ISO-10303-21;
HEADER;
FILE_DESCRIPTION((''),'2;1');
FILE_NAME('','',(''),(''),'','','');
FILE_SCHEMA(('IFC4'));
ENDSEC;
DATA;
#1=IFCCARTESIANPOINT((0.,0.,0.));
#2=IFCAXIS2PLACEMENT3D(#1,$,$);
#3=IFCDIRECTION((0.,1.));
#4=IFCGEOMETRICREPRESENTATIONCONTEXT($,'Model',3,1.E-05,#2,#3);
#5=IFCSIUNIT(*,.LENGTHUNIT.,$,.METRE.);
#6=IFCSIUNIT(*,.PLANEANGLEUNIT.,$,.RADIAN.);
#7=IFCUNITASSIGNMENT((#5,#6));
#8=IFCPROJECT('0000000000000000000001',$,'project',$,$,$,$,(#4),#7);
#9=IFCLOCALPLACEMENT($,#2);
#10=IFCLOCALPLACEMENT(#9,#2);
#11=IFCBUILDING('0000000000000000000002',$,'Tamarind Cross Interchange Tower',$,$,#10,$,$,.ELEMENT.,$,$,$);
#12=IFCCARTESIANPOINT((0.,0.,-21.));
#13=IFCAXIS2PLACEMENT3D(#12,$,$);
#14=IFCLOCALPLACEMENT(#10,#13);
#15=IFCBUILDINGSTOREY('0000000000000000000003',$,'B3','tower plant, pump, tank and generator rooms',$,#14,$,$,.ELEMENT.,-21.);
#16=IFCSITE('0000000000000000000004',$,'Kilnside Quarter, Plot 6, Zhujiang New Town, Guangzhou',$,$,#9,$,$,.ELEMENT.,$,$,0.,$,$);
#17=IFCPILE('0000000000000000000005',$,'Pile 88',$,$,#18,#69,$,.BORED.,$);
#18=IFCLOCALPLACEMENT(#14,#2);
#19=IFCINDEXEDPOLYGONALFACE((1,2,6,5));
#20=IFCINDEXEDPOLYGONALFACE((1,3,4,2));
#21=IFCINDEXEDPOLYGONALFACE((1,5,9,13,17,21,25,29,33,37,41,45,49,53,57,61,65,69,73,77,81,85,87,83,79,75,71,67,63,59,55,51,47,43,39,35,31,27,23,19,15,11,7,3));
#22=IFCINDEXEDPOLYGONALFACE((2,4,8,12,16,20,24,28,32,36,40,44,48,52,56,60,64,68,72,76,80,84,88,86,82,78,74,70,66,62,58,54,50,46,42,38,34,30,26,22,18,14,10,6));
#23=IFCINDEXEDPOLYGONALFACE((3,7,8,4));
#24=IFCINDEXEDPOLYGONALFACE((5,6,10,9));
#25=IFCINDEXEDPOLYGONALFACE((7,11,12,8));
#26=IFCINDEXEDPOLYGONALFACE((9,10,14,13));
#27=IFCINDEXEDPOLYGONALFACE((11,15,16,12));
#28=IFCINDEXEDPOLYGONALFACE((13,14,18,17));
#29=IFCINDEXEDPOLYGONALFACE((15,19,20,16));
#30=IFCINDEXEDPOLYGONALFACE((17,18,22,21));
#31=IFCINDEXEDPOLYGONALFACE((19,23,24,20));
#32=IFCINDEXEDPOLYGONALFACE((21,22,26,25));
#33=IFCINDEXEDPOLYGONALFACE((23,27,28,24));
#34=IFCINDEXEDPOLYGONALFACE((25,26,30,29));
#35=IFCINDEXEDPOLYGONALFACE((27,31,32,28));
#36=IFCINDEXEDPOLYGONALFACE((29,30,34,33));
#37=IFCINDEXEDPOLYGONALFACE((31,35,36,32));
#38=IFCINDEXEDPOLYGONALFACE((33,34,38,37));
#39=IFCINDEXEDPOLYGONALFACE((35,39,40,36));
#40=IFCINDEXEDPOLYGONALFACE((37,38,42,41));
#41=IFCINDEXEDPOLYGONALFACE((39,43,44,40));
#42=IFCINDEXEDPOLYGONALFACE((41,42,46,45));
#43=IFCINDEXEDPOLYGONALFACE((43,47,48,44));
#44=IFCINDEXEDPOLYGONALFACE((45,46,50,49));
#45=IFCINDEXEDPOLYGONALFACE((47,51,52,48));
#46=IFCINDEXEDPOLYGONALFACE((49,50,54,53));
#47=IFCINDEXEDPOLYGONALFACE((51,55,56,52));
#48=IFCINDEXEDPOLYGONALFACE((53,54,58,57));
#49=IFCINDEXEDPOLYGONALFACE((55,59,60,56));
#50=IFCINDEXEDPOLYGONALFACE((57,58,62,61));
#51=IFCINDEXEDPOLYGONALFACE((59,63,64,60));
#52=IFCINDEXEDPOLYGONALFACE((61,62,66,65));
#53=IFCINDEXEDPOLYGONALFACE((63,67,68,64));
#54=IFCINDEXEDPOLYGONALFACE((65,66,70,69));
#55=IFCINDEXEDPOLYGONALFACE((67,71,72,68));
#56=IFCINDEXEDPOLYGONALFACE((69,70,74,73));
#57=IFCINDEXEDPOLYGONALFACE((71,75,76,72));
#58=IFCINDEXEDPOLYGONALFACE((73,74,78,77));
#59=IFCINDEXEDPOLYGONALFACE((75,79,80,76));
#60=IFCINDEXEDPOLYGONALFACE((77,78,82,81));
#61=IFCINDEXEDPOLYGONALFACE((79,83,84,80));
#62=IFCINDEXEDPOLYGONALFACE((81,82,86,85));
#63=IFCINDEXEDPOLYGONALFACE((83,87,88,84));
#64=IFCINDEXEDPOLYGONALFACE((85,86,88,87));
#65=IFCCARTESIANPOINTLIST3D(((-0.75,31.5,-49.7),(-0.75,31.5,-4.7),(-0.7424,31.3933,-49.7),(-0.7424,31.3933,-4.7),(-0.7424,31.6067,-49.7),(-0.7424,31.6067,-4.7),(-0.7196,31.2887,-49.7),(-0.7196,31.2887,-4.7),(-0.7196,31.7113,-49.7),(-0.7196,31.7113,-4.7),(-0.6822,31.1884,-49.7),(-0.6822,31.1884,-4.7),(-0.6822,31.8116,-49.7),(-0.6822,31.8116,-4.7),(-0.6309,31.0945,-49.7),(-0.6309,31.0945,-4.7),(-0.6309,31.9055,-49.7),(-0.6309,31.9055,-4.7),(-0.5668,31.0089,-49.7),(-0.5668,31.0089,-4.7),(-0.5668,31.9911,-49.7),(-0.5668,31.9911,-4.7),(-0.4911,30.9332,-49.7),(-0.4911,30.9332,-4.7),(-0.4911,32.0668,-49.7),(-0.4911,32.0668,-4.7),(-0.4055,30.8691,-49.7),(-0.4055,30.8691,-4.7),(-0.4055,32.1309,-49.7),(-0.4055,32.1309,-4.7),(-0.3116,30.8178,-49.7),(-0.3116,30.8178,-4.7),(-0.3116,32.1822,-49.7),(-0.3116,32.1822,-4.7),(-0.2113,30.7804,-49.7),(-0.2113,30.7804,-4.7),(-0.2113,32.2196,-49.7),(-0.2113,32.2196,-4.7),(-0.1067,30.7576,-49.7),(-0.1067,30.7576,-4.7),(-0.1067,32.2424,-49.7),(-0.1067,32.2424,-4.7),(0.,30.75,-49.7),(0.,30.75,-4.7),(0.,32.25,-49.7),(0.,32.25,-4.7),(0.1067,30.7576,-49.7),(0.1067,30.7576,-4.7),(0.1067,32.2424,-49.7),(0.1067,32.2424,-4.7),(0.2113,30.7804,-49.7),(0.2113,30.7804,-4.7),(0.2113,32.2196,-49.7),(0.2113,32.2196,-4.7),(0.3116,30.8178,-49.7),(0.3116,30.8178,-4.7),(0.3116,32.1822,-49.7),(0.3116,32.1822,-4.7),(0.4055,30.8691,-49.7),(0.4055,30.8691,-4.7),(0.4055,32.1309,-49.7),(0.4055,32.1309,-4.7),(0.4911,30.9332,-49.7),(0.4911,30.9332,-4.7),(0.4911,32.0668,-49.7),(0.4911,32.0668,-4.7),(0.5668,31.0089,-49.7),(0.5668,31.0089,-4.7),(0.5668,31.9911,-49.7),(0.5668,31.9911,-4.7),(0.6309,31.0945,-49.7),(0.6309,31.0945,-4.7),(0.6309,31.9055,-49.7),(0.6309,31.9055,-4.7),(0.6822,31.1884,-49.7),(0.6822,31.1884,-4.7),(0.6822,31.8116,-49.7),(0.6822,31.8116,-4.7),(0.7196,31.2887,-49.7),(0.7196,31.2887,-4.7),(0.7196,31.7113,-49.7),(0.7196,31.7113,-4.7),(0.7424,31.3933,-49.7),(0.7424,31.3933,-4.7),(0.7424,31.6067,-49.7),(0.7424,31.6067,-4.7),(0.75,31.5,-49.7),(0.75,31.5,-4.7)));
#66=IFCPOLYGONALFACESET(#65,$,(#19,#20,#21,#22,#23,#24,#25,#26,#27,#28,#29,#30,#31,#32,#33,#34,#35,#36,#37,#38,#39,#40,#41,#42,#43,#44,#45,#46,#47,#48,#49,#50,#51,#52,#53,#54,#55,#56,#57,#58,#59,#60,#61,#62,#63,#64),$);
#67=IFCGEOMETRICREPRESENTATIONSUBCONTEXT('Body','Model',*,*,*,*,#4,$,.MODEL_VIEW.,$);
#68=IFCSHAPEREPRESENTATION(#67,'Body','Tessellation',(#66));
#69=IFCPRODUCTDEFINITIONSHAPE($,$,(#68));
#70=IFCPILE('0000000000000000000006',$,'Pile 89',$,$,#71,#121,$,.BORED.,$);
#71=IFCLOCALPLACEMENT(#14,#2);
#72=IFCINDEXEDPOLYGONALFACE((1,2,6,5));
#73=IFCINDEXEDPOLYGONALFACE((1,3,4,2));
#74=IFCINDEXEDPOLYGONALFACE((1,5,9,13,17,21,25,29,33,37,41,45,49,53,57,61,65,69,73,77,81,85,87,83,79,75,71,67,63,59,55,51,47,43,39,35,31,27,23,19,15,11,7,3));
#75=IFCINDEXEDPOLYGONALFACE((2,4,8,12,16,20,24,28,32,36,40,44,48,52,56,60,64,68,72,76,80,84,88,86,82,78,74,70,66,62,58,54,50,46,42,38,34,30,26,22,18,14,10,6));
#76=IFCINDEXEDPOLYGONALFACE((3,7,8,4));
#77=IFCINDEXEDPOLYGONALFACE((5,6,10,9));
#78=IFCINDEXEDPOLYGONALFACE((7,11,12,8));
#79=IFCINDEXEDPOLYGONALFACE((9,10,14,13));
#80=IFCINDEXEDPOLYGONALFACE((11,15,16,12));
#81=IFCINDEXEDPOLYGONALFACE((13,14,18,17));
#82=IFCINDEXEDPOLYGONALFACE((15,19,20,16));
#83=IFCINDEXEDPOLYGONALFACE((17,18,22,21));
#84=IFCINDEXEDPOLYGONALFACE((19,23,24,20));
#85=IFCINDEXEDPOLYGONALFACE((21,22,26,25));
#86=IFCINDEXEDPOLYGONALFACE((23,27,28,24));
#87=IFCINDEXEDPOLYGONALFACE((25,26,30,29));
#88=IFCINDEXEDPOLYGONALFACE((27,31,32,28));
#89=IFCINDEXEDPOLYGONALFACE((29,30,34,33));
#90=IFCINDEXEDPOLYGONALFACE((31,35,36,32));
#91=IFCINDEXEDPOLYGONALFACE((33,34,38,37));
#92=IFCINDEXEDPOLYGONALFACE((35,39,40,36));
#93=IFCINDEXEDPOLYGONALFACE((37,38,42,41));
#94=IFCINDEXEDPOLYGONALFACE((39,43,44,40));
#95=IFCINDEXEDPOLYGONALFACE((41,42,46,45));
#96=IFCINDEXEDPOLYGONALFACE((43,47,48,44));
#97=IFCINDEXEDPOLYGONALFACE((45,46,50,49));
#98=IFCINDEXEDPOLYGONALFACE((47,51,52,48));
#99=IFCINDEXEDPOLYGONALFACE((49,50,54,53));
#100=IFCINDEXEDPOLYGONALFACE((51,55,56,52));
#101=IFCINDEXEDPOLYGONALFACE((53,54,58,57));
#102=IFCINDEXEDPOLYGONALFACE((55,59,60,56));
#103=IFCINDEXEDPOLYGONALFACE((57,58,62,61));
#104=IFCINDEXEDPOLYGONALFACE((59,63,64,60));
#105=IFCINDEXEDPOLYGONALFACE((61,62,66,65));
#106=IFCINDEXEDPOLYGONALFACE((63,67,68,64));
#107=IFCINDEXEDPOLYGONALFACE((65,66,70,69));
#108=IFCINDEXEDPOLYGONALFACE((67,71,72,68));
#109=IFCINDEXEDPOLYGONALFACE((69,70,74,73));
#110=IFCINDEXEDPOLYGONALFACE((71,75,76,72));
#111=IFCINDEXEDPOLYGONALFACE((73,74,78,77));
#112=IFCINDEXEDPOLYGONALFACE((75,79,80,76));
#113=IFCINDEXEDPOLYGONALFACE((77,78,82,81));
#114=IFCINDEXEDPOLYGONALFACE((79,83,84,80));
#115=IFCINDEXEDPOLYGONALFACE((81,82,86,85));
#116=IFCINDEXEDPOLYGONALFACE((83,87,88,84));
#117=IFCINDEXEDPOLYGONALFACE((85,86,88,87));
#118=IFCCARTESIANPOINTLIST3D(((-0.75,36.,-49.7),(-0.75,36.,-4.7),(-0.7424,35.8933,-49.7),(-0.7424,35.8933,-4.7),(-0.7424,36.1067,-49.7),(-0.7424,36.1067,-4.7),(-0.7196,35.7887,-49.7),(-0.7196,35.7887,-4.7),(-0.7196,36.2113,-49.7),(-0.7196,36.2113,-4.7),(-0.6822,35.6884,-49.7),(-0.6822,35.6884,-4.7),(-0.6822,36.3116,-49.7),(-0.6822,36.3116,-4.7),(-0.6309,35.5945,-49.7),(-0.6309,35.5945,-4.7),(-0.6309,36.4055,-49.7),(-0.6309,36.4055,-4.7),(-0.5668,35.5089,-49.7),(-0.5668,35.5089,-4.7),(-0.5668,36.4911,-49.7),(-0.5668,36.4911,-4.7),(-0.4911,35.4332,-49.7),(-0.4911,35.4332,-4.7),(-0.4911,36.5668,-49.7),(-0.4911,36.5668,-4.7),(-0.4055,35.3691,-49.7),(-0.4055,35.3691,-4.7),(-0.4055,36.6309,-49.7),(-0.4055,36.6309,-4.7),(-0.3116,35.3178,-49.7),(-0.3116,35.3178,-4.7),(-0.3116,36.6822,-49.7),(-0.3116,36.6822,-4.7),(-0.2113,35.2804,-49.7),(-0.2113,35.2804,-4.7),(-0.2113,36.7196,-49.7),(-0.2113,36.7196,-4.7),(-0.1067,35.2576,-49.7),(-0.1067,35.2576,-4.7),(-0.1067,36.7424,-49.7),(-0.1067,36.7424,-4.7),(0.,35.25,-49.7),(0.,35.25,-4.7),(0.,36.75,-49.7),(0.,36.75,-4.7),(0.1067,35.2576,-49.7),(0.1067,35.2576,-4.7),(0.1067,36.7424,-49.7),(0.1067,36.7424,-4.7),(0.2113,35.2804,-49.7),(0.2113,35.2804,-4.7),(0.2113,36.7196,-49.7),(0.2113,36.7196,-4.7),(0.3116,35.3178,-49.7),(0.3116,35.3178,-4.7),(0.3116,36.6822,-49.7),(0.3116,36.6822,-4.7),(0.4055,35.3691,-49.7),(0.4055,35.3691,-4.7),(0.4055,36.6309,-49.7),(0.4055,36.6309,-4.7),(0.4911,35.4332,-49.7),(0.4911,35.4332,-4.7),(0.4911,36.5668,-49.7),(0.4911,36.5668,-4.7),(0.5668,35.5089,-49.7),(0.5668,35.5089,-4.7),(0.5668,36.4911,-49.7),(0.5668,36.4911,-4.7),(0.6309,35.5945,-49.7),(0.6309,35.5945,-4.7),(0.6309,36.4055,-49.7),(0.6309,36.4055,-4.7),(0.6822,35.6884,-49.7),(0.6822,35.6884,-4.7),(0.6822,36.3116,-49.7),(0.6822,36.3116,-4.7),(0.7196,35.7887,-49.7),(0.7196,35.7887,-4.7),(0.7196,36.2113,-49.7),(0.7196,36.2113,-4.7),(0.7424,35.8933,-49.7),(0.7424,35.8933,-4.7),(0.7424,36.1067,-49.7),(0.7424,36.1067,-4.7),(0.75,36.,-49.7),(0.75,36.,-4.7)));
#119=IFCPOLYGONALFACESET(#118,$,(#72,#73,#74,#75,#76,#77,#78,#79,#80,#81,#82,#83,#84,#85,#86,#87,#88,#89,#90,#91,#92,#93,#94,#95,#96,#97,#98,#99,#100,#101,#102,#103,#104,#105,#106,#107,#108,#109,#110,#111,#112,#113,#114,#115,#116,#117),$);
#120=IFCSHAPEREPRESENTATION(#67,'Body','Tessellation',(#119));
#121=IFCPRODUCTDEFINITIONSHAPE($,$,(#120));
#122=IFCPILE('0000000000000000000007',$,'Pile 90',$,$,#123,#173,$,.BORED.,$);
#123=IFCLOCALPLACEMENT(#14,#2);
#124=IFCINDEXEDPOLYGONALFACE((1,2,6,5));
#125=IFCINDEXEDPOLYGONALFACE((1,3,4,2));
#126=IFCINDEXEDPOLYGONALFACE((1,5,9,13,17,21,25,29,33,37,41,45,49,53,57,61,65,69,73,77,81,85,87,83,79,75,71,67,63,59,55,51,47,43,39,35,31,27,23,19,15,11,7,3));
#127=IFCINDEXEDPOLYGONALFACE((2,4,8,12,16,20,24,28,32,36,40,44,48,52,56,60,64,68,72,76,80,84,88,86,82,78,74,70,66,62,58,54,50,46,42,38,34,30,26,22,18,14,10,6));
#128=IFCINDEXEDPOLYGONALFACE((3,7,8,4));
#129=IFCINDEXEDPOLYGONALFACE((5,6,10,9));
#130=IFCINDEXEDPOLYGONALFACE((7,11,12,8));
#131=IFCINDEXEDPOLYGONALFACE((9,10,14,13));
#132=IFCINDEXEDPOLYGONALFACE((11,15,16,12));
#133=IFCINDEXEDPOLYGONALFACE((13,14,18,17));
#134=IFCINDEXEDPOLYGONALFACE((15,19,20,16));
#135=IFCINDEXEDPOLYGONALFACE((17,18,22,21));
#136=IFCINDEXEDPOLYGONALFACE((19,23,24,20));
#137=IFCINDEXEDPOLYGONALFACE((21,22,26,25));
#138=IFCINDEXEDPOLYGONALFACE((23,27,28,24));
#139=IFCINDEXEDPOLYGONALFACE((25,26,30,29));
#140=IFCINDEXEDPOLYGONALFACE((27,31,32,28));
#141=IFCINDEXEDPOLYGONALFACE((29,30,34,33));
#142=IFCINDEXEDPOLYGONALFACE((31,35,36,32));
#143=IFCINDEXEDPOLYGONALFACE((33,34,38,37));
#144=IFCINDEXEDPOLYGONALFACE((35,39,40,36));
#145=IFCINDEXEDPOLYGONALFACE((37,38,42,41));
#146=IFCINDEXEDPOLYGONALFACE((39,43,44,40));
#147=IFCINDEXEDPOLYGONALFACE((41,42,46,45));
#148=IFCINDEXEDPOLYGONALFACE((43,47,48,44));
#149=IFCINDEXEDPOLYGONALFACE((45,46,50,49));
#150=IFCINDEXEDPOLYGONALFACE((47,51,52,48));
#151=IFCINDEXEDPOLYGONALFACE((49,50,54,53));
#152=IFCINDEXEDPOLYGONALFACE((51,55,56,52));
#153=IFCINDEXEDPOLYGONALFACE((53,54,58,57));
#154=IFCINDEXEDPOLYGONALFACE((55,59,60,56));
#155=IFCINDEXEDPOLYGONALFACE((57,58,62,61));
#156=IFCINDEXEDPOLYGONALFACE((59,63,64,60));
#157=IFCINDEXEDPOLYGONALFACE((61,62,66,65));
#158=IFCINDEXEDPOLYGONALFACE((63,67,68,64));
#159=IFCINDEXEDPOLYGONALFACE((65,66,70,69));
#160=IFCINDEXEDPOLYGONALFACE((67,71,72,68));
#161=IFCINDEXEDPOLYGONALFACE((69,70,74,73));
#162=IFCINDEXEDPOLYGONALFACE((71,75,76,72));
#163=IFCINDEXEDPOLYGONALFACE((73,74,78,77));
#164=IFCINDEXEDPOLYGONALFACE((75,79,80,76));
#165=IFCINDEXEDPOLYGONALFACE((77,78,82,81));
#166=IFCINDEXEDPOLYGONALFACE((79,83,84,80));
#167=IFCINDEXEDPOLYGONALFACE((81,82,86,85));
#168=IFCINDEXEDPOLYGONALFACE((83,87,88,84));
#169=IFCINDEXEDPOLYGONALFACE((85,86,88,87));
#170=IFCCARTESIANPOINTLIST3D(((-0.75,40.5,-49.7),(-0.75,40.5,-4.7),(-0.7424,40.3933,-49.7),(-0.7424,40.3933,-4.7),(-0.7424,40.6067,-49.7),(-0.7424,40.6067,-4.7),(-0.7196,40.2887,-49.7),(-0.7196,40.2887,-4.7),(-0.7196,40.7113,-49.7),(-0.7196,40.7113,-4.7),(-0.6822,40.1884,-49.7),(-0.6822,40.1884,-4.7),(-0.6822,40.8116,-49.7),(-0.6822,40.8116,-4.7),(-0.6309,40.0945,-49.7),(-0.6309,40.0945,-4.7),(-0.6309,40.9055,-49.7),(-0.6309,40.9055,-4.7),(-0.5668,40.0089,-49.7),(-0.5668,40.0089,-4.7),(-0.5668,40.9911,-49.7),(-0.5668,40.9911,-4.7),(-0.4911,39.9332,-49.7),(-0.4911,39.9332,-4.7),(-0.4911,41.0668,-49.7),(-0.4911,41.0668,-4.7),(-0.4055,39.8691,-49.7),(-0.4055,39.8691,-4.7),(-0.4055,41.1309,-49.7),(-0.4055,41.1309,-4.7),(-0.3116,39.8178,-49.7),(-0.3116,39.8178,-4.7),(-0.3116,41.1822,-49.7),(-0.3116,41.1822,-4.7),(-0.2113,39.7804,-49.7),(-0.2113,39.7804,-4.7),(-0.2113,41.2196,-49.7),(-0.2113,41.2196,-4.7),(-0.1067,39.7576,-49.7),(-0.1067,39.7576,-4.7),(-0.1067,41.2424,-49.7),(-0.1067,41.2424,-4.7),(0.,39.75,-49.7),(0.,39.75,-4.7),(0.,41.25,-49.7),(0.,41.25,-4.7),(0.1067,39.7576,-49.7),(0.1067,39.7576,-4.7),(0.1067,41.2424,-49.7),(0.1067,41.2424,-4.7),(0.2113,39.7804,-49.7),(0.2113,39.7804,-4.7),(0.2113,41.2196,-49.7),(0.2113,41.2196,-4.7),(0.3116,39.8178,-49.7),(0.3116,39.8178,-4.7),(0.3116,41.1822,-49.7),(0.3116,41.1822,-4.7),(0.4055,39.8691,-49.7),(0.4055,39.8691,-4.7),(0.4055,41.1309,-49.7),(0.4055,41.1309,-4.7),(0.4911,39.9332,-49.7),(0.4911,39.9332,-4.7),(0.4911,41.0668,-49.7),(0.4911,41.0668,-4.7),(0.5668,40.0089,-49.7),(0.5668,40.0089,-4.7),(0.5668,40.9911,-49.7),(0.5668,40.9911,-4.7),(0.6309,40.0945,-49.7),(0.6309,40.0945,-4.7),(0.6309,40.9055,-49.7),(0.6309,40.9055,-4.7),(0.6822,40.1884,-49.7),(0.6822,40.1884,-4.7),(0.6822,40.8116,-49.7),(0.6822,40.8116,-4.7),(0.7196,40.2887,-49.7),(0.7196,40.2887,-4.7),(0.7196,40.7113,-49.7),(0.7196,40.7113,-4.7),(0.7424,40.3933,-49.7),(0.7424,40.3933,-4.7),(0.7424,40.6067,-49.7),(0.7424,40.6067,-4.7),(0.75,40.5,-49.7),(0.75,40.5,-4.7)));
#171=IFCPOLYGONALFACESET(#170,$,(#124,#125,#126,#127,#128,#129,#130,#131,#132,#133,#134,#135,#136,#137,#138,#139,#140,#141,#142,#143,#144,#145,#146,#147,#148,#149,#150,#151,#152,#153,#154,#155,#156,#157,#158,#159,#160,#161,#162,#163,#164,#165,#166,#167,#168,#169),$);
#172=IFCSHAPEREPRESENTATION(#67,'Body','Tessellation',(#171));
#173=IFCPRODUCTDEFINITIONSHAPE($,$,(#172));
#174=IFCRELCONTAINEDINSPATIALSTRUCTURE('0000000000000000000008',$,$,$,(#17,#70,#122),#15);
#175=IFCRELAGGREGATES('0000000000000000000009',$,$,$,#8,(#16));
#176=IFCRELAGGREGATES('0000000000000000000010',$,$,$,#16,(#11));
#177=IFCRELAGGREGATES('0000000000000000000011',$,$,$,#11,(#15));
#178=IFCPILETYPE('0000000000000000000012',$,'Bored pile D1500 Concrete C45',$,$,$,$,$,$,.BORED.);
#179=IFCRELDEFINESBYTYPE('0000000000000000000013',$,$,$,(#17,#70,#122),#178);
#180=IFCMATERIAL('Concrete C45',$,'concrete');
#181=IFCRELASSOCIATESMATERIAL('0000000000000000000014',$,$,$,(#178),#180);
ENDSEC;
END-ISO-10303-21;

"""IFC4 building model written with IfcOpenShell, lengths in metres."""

from ifc_helpers import new_model, si_unit, direction, frame, origin, origin_2d, place, context, subcontext, project, spatial, circle, extrude, material, material_profile, profile_set, type_object, element, save


model = new_model("IFC4")

# Units and contexts
model_context = context("Model", 3, precision=1e-05, world=origin(), true_north=direction((0.0, 1.0)))
body_context = subcontext(model_context, "Body", "Model", "MODEL_VIEW")
ifc_project = project(units=[si_unit("LENGTHUNIT", "METRE"), si_unit("PLANEANGLEUNIT", "RADIAN")], contexts=[model_context])

# Site, building, storey
site_placement = place(None, origin())
site = spatial("IfcSite", under=ifc_project, at=site_placement, Name="Kilnside Quarter, Plot 6, Zhujiang New Town, Guangzhou", CompositionType="ELEMENT", RefElevation=0.0)
building_placement = place(site_placement, origin())
building = spatial("IfcBuilding", under=site, at=building_placement, Name="Tamarind Cross Interchange Tower", CompositionType="ELEMENT")
storey_placement = place(building_placement, frame((0.0, 0.0, -21.0)))
storey = spatial("IfcBuildingStorey", under=building, at=storey_placement, Name="B3", Description="tower plant, pump, tank and generator rooms", CompositionType="ELEMENT", Elevation=-21.0)

# Piles
ifc_material_1 = material(Name="Concrete C45", Category="concrete")
ifc_material_profile_1 = material_profile(ifc_material_1, circle(Radius=0.75, at=origin_2d()), Name="RC D1500")
ifc_profile_set_1 = profile_set([ifc_material_profile_1], Name="Concrete C45")
pile_type = type_object("IfcPileType", Name="Bored pile D1500 Concrete C45", PredefinedType="BORED", material=ifc_profile_set_1)
for number, where, z_axis, x_axis, name in (
    (1, (0.0, 31.5, -4.7), (0.0, 0.0, -1.0), (1.0, 0.0, 0.0), "Pile 88"),
    (2, (0.0, 36.0, -4.7), (0.0, 0.0, -1.0), (1.0, 0.0, 0.0), "Pile 89"),
    (3, (0.0, 40.5, -4.7), (0.0, 0.0, -1.0), (1.0, 0.0, 0.0), "Pile 90"),
):
    element("IfcPile", number, at=place(storey_placement, frame(where, z_axis=z_axis, x_axis=x_axis)), inside=storey, type_object=pile_type, Name=name, PredefinedType="BORED", context=body_context, shape_type="SweptSolid", body=[
        extrude(circle(Radius=0.75, at=origin_2d()), origin(), (0.0, 0.0, 1.0), 45.0),
    ])

save(model, "model.ifc")
